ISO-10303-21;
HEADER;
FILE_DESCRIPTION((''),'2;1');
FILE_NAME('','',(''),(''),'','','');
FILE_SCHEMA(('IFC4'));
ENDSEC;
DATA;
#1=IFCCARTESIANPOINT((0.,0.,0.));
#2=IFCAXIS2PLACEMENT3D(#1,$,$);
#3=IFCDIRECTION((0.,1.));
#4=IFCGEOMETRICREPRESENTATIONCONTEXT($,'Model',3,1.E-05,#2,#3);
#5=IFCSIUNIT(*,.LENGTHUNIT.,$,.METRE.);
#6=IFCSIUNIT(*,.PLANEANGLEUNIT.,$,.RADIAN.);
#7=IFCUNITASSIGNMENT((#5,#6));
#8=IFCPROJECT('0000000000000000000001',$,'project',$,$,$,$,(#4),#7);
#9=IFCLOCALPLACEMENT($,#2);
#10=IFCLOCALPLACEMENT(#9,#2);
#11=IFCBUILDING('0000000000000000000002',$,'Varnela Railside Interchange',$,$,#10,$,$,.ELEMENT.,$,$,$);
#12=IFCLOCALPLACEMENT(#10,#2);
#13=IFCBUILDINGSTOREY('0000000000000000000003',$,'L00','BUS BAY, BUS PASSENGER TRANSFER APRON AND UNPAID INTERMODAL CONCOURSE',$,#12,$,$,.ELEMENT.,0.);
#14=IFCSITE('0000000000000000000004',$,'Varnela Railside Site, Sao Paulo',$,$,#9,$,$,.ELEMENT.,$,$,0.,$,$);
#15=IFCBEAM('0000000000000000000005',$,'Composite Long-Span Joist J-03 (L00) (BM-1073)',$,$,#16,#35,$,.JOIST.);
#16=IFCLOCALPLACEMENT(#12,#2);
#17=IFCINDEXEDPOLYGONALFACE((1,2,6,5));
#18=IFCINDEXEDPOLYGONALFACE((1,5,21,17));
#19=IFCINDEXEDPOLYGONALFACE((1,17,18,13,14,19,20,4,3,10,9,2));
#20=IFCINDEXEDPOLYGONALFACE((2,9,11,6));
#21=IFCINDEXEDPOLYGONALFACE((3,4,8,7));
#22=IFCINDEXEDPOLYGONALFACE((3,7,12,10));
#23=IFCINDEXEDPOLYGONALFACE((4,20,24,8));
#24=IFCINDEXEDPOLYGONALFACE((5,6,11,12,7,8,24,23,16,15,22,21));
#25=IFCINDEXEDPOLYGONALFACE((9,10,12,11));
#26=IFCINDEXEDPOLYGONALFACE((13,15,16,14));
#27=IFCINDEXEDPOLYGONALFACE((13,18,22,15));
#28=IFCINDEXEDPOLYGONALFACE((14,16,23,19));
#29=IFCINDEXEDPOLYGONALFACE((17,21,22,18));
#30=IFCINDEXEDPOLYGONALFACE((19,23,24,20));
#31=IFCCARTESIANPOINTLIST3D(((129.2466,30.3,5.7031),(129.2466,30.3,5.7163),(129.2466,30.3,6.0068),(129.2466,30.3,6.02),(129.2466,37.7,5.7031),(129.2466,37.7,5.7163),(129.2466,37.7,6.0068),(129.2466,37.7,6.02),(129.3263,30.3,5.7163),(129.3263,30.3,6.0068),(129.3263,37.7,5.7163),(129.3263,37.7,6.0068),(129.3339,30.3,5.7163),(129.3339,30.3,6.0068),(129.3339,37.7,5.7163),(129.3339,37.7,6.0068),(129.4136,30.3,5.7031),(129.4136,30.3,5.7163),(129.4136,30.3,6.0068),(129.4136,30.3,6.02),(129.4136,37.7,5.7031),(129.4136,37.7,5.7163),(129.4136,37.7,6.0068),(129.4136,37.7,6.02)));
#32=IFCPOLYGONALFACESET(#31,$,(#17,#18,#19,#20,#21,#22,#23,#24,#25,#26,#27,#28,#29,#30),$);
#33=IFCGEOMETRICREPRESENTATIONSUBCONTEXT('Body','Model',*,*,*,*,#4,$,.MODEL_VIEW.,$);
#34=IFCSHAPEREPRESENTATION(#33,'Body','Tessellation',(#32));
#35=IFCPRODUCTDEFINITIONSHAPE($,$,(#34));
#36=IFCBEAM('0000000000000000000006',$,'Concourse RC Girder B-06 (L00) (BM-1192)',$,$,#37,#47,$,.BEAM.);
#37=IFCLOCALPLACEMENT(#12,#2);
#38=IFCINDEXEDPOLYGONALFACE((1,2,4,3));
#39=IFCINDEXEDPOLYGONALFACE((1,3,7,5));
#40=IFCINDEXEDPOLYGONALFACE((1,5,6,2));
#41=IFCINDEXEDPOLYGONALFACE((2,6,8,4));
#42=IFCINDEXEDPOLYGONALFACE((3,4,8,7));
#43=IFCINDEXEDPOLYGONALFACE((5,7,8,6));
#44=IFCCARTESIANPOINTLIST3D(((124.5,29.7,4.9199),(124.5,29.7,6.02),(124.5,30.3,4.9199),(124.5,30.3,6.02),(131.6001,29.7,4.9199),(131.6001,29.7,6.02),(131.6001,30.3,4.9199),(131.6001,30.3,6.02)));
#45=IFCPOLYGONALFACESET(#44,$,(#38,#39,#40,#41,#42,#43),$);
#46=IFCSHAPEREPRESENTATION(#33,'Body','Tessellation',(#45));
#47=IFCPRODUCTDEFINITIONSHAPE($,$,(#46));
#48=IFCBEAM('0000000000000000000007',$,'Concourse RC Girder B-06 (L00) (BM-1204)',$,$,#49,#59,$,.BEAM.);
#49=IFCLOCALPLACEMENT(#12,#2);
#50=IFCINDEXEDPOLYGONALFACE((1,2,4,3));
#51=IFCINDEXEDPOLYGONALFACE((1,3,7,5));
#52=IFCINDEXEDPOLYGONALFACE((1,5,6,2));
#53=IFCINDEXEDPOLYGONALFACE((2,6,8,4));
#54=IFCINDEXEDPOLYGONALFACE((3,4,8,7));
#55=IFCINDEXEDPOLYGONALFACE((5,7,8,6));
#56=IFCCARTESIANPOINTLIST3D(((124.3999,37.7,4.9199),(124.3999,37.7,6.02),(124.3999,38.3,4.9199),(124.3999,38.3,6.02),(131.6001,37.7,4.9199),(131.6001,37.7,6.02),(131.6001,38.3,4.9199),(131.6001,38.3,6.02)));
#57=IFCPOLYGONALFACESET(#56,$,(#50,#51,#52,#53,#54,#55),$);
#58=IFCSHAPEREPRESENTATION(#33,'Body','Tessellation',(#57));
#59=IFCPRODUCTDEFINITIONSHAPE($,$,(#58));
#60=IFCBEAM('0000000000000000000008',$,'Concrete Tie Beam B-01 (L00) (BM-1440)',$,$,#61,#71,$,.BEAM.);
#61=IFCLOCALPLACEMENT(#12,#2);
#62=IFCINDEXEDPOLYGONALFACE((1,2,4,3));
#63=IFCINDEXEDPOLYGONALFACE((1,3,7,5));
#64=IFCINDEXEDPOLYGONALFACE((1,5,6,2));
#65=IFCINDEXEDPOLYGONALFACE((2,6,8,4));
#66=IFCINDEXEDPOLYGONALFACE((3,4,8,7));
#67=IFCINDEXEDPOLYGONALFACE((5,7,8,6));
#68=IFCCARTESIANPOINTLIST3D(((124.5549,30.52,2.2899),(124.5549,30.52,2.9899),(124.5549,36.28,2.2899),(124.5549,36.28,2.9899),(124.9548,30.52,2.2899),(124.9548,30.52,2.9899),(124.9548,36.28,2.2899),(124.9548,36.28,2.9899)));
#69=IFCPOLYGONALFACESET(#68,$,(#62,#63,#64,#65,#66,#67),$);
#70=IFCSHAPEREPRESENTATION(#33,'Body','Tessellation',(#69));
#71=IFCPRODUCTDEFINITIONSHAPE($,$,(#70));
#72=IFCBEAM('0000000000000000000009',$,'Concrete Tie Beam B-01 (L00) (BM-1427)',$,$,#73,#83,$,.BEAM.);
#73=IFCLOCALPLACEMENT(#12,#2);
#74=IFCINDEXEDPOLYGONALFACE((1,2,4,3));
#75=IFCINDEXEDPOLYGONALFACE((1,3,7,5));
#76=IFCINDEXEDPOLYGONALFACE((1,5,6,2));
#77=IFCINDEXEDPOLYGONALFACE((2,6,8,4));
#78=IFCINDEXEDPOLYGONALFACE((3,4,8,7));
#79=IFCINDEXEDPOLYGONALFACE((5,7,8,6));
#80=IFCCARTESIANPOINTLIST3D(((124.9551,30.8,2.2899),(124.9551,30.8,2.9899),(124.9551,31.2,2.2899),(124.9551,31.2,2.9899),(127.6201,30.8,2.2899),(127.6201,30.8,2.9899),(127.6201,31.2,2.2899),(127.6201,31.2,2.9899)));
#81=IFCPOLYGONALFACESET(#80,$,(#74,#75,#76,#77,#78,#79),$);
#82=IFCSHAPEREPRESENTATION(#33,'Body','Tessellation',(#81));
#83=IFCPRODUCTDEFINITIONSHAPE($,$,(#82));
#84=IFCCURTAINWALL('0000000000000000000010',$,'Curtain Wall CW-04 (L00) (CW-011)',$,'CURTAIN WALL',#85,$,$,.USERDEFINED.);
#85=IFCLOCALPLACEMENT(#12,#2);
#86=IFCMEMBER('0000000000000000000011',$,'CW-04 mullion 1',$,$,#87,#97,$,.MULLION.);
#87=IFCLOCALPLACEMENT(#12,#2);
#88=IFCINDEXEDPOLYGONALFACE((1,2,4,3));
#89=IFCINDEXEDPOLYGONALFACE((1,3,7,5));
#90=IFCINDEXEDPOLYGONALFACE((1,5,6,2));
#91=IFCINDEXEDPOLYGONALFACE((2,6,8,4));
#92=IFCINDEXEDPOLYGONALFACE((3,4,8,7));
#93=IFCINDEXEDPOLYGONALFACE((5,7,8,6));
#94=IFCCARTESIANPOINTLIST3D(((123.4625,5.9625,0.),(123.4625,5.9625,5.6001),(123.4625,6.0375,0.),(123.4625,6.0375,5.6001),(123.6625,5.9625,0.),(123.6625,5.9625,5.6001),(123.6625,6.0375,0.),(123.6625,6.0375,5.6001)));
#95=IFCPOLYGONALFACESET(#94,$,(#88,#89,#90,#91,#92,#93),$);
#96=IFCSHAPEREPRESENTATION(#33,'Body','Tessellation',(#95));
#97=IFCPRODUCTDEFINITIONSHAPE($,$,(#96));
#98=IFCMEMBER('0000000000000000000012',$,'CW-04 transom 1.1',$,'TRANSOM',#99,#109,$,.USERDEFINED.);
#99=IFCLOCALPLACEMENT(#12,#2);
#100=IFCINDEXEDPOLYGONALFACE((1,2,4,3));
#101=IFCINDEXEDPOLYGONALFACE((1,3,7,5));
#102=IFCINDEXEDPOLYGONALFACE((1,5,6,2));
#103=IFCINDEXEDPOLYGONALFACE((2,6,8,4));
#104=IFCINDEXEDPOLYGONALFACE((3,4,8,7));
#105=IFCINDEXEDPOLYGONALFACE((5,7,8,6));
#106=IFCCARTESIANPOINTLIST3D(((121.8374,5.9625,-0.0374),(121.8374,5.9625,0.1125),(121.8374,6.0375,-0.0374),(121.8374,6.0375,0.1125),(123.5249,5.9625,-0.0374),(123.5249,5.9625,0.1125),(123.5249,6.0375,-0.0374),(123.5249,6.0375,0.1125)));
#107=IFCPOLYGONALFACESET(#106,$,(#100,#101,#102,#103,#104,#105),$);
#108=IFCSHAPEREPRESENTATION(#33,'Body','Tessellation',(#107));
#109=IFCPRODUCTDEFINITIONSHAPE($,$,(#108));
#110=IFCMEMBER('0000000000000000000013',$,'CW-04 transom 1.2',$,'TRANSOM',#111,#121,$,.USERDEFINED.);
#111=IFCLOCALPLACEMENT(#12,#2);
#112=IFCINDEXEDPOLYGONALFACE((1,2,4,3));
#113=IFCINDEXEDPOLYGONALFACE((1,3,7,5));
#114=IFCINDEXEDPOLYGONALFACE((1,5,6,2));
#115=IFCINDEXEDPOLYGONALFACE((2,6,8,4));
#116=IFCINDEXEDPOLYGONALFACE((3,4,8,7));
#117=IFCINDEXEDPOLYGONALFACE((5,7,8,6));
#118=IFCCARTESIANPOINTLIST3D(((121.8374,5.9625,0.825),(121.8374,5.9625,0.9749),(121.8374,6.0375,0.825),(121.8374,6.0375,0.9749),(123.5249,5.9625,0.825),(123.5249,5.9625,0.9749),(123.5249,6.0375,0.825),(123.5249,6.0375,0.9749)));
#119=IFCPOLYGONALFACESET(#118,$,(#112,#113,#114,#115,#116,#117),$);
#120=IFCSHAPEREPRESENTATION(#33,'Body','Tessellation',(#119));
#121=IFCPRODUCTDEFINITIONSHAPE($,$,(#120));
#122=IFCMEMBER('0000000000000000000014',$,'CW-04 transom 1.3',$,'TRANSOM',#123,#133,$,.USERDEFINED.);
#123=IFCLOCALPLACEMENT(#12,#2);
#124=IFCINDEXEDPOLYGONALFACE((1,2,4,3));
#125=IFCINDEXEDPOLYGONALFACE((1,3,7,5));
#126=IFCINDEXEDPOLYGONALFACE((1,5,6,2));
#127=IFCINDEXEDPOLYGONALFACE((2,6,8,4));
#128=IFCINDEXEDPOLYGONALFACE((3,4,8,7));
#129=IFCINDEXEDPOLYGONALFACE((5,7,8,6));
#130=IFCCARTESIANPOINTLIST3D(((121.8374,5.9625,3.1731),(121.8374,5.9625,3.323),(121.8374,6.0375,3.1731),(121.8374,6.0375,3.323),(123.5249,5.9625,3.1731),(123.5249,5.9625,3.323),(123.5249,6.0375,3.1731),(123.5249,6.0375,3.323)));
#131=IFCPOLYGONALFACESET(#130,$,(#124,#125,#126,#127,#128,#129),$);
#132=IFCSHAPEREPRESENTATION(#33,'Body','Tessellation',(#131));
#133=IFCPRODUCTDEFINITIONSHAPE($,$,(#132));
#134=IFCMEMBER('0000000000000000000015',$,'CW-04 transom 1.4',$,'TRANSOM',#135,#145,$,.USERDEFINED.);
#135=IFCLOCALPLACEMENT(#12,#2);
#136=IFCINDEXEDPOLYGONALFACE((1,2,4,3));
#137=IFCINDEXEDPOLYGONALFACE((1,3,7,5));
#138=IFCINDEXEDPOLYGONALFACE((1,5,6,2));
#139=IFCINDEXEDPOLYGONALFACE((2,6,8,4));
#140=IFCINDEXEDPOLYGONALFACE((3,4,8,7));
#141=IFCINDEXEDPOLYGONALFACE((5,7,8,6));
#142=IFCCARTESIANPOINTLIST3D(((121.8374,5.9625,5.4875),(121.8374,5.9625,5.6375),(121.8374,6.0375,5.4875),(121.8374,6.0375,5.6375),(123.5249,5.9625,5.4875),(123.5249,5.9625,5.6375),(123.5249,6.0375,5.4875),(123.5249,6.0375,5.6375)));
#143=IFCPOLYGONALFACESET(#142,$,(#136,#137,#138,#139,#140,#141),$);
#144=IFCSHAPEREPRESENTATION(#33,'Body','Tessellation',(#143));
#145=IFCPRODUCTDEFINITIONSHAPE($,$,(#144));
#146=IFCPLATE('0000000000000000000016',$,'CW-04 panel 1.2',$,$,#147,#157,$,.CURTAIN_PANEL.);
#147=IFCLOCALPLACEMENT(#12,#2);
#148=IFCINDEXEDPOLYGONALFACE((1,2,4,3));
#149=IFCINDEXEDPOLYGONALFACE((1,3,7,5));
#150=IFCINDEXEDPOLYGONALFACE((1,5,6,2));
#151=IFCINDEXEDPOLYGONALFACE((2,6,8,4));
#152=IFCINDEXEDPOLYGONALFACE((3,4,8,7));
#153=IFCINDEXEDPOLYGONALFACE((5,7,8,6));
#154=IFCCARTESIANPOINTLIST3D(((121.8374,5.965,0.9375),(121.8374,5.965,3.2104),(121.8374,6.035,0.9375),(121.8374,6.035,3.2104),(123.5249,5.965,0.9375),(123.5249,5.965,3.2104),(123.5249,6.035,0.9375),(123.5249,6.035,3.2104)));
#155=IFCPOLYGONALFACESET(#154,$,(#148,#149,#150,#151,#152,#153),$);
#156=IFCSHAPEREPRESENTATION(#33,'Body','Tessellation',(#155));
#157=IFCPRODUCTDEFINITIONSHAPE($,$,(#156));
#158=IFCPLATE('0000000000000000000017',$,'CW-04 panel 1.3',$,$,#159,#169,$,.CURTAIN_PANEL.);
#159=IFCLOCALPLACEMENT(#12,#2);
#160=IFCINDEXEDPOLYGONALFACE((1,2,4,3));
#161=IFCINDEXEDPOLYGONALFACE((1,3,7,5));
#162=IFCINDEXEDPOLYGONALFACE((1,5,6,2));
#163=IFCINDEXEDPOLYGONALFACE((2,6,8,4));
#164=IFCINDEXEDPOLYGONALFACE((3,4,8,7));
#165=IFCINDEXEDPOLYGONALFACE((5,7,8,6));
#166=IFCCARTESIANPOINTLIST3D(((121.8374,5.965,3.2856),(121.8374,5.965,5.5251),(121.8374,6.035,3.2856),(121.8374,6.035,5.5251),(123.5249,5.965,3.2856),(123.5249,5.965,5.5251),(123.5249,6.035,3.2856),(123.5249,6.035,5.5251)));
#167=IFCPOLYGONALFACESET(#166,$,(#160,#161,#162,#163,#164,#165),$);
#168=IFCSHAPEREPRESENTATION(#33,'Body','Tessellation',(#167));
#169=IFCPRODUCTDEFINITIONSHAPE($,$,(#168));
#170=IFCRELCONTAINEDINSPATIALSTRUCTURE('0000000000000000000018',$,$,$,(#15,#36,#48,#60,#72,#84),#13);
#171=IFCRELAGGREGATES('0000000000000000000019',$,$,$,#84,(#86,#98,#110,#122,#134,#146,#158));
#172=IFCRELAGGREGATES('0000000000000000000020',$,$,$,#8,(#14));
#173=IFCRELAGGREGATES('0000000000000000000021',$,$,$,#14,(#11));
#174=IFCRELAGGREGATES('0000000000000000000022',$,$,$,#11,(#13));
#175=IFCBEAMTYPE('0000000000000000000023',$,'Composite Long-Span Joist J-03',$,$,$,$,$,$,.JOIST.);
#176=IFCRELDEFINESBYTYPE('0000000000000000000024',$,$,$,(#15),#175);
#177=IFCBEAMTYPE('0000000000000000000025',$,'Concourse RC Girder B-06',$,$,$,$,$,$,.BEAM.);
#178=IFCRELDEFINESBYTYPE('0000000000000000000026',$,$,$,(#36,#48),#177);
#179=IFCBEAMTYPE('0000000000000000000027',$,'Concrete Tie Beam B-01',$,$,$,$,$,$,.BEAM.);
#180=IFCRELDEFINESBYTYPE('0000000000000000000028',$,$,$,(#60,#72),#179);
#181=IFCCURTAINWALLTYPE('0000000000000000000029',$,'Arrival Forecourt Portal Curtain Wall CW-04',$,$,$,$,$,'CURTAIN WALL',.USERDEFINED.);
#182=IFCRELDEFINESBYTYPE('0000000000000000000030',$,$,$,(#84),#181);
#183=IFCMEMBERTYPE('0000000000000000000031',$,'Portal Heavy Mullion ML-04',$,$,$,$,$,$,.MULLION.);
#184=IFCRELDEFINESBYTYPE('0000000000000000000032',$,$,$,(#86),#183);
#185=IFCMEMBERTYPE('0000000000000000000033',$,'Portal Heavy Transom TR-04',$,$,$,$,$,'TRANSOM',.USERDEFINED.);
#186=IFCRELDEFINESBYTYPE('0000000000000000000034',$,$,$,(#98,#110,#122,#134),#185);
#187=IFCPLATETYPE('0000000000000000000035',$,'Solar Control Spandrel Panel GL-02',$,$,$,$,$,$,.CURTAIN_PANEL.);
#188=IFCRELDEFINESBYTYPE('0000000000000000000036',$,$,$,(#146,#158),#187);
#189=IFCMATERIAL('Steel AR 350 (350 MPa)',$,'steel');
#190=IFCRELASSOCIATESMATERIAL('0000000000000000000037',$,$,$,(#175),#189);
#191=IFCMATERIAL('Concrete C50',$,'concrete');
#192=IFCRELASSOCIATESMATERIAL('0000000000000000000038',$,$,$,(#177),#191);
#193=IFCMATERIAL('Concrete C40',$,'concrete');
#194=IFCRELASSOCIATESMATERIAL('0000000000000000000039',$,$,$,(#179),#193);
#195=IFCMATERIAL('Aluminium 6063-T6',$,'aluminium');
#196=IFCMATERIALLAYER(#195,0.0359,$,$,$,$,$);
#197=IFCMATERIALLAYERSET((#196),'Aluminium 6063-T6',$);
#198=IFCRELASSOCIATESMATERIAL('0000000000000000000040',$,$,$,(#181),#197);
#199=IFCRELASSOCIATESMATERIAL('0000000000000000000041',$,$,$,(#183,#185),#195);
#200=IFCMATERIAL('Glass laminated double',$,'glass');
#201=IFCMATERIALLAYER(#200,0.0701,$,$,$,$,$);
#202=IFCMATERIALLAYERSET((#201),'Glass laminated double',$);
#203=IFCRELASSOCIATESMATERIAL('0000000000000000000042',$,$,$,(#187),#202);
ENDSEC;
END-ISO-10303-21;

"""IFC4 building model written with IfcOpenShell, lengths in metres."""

from ifc_helpers import new_model, si_unit, direction, frame, origin, origin_2d, place, context, subcontext, project, spatial, rectangle, i_section, extrude, material, layer, layer_set, material_profile, profile_set, type_object, element, aggregate, save


model = new_model("IFC4")

# Units and contexts
model_context = context("Model", 3, precision=1e-05, world=origin(), true_north=direction((0.0, 1.0)))
body_context = subcontext(model_context, "Body", "Model", "MODEL_VIEW")
ifc_project = project(units=[si_unit("LENGTHUNIT", "METRE"), si_unit("PLANEANGLEUNIT", "RADIAN")], contexts=[model_context])

# Site, building, storey
site_placement = place(None, origin())
site = spatial("IfcSite", under=ifc_project, at=site_placement, Name="Varnela Railside Site, Sao Paulo", CompositionType="ELEMENT", RefElevation=0.0)
building_placement = place(site_placement, origin())
building = spatial("IfcBuilding", under=site, at=building_placement, Name="Varnela Railside Interchange", CompositionType="ELEMENT")
storey_placement = place(building_placement, origin())
storey = spatial("IfcBuildingStorey", under=building, at=storey_placement, Name="L00", Description="BUS BAY, BUS PASSENGER TRANSFER APRON AND UNPAID INTERMODAL CONCOURSE", CompositionType="ELEMENT", Elevation=0.0)

# Shared definitions
ifc_material_1 = material(Name="Concrete C50", Category="concrete")

# Shared definitions
ifc_material_2 = material(Name="Concrete C40", Category="concrete")

# Shared definitions
ifc_material_3 = material(Name="Steel AR 350 (350 MPa)", Category="steel")

# Beams
ifc_material_profile_1 = material_profile(ifc_material_3, i_section(OverallWidth=0.167, OverallDepth=0.3169, WebThickness=0.0076, FlangeThickness=0.0132, at=origin_2d()), Name="W310x52")
ifc_profile_set_1 = profile_set([ifc_material_profile_1], Name="Steel AR 350 (350 MPa)")
beam_type_1 = type_object("IfcBeamType", Name="Composite Long-Span Joist J-03", PredefinedType="JOIST", material=ifc_profile_set_1)
beam_1_placement = place(storey_placement, frame((129.3301, 30.3, 5.8616), z_axis=(0.0, 1.0, 0.0), x_axis=(-1.0, 0.0, 0.0)))
element("IfcBeam", 1, at=beam_1_placement, inside=storey, type_object=beam_type_1, Name="Composite Long-Span Joist J-03 (L00) (BM-1073)", PredefinedType="JOIST", context=body_context, shape_type="SweptSolid", body=[
    extrude(i_section(OverallWidth=0.167, OverallDepth=0.3169, WebThickness=0.0076, FlangeThickness=0.0132, at=origin_2d()), origin(), (0.0, 0.0, 1.0), 7.3999),
])
ifc_material_profile_2 = material_profile(ifc_material_1, rectangle(XDim=0.6001, YDim=1.1001, at=origin_2d()), Name="RC 600x1100")
ifc_profile_set_2 = profile_set([ifc_material_profile_2], Name="Concrete C50")
beam_type_2 = type_object("IfcBeamType", Name="Concourse RC Girder B-06", PredefinedType="BEAM", material=ifc_profile_set_2)
beam_2_placement = place(storey_placement, frame((124.5, 30.0, 5.47), z_axis=(1.0, 0.0, 0.0), x_axis=(0.0, 1.0, 0.0)))
element("IfcBeam", 2, at=beam_2_placement, inside=storey, type_object=beam_type_2, Name="Concourse RC Girder B-06 (L00) (BM-1192)", PredefinedType="BEAM", context=body_context, shape_type="SweptSolid", body=[
    extrude(rectangle(XDim=0.6001, YDim=1.1001, at=origin_2d()), origin(), (0.0, 0.0, 1.0), 7.1001),
])
beam_3_placement = place(storey_placement, frame((124.3999, 38.0, 5.47), z_axis=(1.0, 0.0, 0.0), x_axis=(0.0, 1.0, 0.0)))
element("IfcBeam", 3, at=beam_3_placement, inside=storey, type_object=beam_type_2, Name="Concourse RC Girder B-06 (L00) (BM-1204)", PredefinedType="BEAM", context=body_context, shape_type="SweptSolid", body=[
    extrude(rectangle(XDim=0.6001, YDim=1.1001, at=origin_2d()), origin(), (0.0, 0.0, 1.0), 7.2002),
])
ifc_material_profile_3 = material_profile(ifc_material_2, rectangle(XDim=0.3999, YDim=0.7, at=origin_2d()), Name="RC 400x700")
ifc_profile_set_3 = profile_set([ifc_material_profile_3], Name="Concrete C40")
beam_type_3 = type_object("IfcBeamType", Name="Concrete Tie Beam B-01", PredefinedType="BEAM", material=ifc_profile_set_3)
beam_4_placement = place(storey_placement, frame((124.7549, 30.52, 2.6399), z_axis=(0.0, 1.0, 0.0), x_axis=(-1.0, 0.0, 0.0)))
element("IfcBeam", 4, at=beam_4_placement, inside=storey, type_object=beam_type_3, Name="Concrete Tie Beam B-01 (L00) (BM-1440)", PredefinedType="BEAM", context=body_context, shape_type="SweptSolid", body=[
    extrude(rectangle(XDim=0.3999, YDim=0.7, at=origin_2d()), origin(), (0.0, 0.0, 1.0), 5.76),
])
beam_5_placement = place(storey_placement, frame((124.9551, 31.0, 2.6399), z_axis=(1.0, 0.0, 0.0), x_axis=(0.0, 1.0, 0.0)))
element("IfcBeam", 5, at=beam_5_placement, inside=storey, type_object=beam_type_3, Name="Concrete Tie Beam B-01 (L00) (BM-1427)", PredefinedType="BEAM", context=body_context, shape_type="SweptSolid", body=[
    extrude(rectangle(XDim=0.3999, YDim=0.7, at=origin_2d()), origin(), (0.0, 0.0, 1.0), 2.665),
])

# Curtain wall, members, plates
ifc_material_4 = material(Name="Aluminium 6063-T6", Category="aluminium")
ifc_layer_1 = layer(ifc_material_4, 0.0359)
ifc_layer_set_1 = layer_set([ifc_layer_1], Name="Aluminium 6063-T6")
curtain_wall_type = type_object("IfcCurtainWallType", Name="Arrival Forecourt Portal Curtain Wall CW-04", ElementType="CURTAIN WALL", PredefinedType="USERDEFINED", material=ifc_layer_set_1)
curtain_wall_placement = place(storey_placement, origin())
curtain_wall = element("IfcCurtainWall", 6, at=curtain_wall_placement, inside=storey, type_object=curtain_wall_type, Name="Curtain Wall CW-04 (L00) (CW-011)", ObjectType="CURTAIN WALL", PredefinedType="USERDEFINED")
ifc_material_profile_4 = material_profile(ifc_material_4, rectangle(XDim=0.075, YDim=0.2, at=origin_2d()), Name="ALU 75x200")
ifc_profile_set_4 = profile_set([ifc_material_profile_4], Name="Aluminium 6063-T6")
member_type_1 = type_object("IfcMemberType", Name="Portal Heavy Mullion ML-04", PredefinedType="MULLION", material=ifc_profile_set_4)
member_1_placement = place(storey_placement, frame((123.5625, 6.0, 0.0), z_axis=(0.0, 0.0, 1.0), x_axis=(0.0, -1.0, 0.0)))
member_1 = element("IfcMember", 7, at=member_1_placement, type_object=member_type_1, Name="CW-04 mullion 1", PredefinedType="MULLION", context=body_context, shape_type="SweptSolid", body=[
    extrude(rectangle(XDim=0.075, YDim=0.2, at=origin_2d()), origin(), (0.0, 0.0, 1.0), 5.6001),
])
ifc_material_profile_5 = material_profile(ifc_material_4, rectangle(XDim=0.075, YDim=0.1499, at=origin_2d()), Name="ALU 75x150")
ifc_profile_set_5 = profile_set([ifc_material_profile_5], Name="Aluminium 6063-T6")
member_type_2 = type_object("IfcMemberType", Name="Portal Heavy Transom TR-04", ElementType="TRANSOM", PredefinedType="USERDEFINED", material=ifc_profile_set_5)
member_2_placement = place(storey_placement, frame((123.5249, 6.0, 0.0376), z_axis=(-1.0, 0.0, 0.0), x_axis=(0.0, -1.0, 0.0)))
member_2 = element("IfcMember", 8, at=member_2_placement, type_object=member_type_2, Name="CW-04 transom 1.1", ObjectType="TRANSOM", PredefinedType="USERDEFINED", context=body_context, shape_type="SweptSolid", body=[
    extrude(rectangle(XDim=0.075, YDim=0.1499, at=origin_2d()), origin(), (0.0, 0.0, 1.0), 1.6875),
])
member_3_placement = place(storey_placement, frame((123.5249, 6.0, 0.8999), z_axis=(-1.0, 0.0, 0.0), x_axis=(0.0, -1.0, 0.0)))
member_3 = element("IfcMember", 9, at=member_3_placement, type_object=member_type_2, Name="CW-04 transom 1.2", ObjectType="TRANSOM", PredefinedType="USERDEFINED", context=body_context, shape_type="SweptSolid", body=[
    extrude(rectangle(XDim=0.075, YDim=0.1499, at=origin_2d()), origin(), (0.0, 0.0, 1.0), 1.6875),
])
member_4_placement = place(storey_placement, frame((123.5249, 6.0, 3.248), z_axis=(-1.0, 0.0, 0.0), x_axis=(0.0, -1.0, 0.0)))
member_4 = element("IfcMember", 10, at=member_4_placement, type_object=member_type_2, Name="CW-04 transom 1.3", ObjectType="TRANSOM", PredefinedType="USERDEFINED", context=body_context, shape_type="SweptSolid", body=[
    extrude(rectangle(XDim=0.075, YDim=0.1499, at=origin_2d()), origin(), (0.0, 0.0, 1.0), 1.6875),
])
member_5_placement = place(storey_placement, frame((123.5249, 6.0, 5.5625), z_axis=(-1.0, 0.0, 0.0), x_axis=(0.0, -1.0, 0.0)))
member_5 = element("IfcMember", 11, at=member_5_placement, type_object=member_type_2, Name="CW-04 transom 1.4", ObjectType="TRANSOM", PredefinedType="USERDEFINED", context=body_context, shape_type="SweptSolid", body=[
    extrude(rectangle(XDim=0.075, YDim=0.1499, at=origin_2d()), origin(), (0.0, 0.0, 1.0), 1.6875),
])
ifc_material_5 = material(Name="Glass laminated double", Category="glass")
ifc_layer_2 = layer(ifc_material_5, 0.0701)
ifc_layer_set_2 = layer_set([ifc_layer_2], Name="Glass laminated double")
plate_type = type_object("IfcPlateType", Name="Solar Control Spandrel Panel GL-02", PredefinedType="CURTAIN_PANEL", material=ifc_layer_set_2)
plate_1_placement = place(storey_placement, frame((122.6812, 6.0, 0.9375), z_axis=(0.0, 0.0, 1.0), x_axis=(-1.0, 0.0, 0.0)))
plate_1 = element("IfcPlate", 12, at=plate_1_placement, type_object=plate_type, Name="CW-04 panel 1.2", PredefinedType="CURTAIN_PANEL", context=body_context, shape_type="SweptSolid", body=[
    extrude(rectangle(XDim=1.6875, YDim=0.0701, at=origin_2d()), origin(), (0.0, 0.0, 1.0), 2.2729),
])
plate_2_placement = place(storey_placement, frame((122.6812, 6.0, 3.2856), z_axis=(0.0, 0.0, 1.0), x_axis=(-1.0, 0.0, 0.0)))
plate_2 = element("IfcPlate", 13, at=plate_2_placement, type_object=plate_type, Name="CW-04 panel 1.3", PredefinedType="CURTAIN_PANEL", context=body_context, shape_type="SweptSolid", body=[
    extrude(rectangle(XDim=1.6875, YDim=0.0701, at=origin_2d()), origin(), (0.0, 0.0, 1.0), 2.2395),
])
aggregate(curtain_wall, [member_1, member_2, member_3, member_4, member_5, plate_1, plate_2])

save(model, "model.ifc")
